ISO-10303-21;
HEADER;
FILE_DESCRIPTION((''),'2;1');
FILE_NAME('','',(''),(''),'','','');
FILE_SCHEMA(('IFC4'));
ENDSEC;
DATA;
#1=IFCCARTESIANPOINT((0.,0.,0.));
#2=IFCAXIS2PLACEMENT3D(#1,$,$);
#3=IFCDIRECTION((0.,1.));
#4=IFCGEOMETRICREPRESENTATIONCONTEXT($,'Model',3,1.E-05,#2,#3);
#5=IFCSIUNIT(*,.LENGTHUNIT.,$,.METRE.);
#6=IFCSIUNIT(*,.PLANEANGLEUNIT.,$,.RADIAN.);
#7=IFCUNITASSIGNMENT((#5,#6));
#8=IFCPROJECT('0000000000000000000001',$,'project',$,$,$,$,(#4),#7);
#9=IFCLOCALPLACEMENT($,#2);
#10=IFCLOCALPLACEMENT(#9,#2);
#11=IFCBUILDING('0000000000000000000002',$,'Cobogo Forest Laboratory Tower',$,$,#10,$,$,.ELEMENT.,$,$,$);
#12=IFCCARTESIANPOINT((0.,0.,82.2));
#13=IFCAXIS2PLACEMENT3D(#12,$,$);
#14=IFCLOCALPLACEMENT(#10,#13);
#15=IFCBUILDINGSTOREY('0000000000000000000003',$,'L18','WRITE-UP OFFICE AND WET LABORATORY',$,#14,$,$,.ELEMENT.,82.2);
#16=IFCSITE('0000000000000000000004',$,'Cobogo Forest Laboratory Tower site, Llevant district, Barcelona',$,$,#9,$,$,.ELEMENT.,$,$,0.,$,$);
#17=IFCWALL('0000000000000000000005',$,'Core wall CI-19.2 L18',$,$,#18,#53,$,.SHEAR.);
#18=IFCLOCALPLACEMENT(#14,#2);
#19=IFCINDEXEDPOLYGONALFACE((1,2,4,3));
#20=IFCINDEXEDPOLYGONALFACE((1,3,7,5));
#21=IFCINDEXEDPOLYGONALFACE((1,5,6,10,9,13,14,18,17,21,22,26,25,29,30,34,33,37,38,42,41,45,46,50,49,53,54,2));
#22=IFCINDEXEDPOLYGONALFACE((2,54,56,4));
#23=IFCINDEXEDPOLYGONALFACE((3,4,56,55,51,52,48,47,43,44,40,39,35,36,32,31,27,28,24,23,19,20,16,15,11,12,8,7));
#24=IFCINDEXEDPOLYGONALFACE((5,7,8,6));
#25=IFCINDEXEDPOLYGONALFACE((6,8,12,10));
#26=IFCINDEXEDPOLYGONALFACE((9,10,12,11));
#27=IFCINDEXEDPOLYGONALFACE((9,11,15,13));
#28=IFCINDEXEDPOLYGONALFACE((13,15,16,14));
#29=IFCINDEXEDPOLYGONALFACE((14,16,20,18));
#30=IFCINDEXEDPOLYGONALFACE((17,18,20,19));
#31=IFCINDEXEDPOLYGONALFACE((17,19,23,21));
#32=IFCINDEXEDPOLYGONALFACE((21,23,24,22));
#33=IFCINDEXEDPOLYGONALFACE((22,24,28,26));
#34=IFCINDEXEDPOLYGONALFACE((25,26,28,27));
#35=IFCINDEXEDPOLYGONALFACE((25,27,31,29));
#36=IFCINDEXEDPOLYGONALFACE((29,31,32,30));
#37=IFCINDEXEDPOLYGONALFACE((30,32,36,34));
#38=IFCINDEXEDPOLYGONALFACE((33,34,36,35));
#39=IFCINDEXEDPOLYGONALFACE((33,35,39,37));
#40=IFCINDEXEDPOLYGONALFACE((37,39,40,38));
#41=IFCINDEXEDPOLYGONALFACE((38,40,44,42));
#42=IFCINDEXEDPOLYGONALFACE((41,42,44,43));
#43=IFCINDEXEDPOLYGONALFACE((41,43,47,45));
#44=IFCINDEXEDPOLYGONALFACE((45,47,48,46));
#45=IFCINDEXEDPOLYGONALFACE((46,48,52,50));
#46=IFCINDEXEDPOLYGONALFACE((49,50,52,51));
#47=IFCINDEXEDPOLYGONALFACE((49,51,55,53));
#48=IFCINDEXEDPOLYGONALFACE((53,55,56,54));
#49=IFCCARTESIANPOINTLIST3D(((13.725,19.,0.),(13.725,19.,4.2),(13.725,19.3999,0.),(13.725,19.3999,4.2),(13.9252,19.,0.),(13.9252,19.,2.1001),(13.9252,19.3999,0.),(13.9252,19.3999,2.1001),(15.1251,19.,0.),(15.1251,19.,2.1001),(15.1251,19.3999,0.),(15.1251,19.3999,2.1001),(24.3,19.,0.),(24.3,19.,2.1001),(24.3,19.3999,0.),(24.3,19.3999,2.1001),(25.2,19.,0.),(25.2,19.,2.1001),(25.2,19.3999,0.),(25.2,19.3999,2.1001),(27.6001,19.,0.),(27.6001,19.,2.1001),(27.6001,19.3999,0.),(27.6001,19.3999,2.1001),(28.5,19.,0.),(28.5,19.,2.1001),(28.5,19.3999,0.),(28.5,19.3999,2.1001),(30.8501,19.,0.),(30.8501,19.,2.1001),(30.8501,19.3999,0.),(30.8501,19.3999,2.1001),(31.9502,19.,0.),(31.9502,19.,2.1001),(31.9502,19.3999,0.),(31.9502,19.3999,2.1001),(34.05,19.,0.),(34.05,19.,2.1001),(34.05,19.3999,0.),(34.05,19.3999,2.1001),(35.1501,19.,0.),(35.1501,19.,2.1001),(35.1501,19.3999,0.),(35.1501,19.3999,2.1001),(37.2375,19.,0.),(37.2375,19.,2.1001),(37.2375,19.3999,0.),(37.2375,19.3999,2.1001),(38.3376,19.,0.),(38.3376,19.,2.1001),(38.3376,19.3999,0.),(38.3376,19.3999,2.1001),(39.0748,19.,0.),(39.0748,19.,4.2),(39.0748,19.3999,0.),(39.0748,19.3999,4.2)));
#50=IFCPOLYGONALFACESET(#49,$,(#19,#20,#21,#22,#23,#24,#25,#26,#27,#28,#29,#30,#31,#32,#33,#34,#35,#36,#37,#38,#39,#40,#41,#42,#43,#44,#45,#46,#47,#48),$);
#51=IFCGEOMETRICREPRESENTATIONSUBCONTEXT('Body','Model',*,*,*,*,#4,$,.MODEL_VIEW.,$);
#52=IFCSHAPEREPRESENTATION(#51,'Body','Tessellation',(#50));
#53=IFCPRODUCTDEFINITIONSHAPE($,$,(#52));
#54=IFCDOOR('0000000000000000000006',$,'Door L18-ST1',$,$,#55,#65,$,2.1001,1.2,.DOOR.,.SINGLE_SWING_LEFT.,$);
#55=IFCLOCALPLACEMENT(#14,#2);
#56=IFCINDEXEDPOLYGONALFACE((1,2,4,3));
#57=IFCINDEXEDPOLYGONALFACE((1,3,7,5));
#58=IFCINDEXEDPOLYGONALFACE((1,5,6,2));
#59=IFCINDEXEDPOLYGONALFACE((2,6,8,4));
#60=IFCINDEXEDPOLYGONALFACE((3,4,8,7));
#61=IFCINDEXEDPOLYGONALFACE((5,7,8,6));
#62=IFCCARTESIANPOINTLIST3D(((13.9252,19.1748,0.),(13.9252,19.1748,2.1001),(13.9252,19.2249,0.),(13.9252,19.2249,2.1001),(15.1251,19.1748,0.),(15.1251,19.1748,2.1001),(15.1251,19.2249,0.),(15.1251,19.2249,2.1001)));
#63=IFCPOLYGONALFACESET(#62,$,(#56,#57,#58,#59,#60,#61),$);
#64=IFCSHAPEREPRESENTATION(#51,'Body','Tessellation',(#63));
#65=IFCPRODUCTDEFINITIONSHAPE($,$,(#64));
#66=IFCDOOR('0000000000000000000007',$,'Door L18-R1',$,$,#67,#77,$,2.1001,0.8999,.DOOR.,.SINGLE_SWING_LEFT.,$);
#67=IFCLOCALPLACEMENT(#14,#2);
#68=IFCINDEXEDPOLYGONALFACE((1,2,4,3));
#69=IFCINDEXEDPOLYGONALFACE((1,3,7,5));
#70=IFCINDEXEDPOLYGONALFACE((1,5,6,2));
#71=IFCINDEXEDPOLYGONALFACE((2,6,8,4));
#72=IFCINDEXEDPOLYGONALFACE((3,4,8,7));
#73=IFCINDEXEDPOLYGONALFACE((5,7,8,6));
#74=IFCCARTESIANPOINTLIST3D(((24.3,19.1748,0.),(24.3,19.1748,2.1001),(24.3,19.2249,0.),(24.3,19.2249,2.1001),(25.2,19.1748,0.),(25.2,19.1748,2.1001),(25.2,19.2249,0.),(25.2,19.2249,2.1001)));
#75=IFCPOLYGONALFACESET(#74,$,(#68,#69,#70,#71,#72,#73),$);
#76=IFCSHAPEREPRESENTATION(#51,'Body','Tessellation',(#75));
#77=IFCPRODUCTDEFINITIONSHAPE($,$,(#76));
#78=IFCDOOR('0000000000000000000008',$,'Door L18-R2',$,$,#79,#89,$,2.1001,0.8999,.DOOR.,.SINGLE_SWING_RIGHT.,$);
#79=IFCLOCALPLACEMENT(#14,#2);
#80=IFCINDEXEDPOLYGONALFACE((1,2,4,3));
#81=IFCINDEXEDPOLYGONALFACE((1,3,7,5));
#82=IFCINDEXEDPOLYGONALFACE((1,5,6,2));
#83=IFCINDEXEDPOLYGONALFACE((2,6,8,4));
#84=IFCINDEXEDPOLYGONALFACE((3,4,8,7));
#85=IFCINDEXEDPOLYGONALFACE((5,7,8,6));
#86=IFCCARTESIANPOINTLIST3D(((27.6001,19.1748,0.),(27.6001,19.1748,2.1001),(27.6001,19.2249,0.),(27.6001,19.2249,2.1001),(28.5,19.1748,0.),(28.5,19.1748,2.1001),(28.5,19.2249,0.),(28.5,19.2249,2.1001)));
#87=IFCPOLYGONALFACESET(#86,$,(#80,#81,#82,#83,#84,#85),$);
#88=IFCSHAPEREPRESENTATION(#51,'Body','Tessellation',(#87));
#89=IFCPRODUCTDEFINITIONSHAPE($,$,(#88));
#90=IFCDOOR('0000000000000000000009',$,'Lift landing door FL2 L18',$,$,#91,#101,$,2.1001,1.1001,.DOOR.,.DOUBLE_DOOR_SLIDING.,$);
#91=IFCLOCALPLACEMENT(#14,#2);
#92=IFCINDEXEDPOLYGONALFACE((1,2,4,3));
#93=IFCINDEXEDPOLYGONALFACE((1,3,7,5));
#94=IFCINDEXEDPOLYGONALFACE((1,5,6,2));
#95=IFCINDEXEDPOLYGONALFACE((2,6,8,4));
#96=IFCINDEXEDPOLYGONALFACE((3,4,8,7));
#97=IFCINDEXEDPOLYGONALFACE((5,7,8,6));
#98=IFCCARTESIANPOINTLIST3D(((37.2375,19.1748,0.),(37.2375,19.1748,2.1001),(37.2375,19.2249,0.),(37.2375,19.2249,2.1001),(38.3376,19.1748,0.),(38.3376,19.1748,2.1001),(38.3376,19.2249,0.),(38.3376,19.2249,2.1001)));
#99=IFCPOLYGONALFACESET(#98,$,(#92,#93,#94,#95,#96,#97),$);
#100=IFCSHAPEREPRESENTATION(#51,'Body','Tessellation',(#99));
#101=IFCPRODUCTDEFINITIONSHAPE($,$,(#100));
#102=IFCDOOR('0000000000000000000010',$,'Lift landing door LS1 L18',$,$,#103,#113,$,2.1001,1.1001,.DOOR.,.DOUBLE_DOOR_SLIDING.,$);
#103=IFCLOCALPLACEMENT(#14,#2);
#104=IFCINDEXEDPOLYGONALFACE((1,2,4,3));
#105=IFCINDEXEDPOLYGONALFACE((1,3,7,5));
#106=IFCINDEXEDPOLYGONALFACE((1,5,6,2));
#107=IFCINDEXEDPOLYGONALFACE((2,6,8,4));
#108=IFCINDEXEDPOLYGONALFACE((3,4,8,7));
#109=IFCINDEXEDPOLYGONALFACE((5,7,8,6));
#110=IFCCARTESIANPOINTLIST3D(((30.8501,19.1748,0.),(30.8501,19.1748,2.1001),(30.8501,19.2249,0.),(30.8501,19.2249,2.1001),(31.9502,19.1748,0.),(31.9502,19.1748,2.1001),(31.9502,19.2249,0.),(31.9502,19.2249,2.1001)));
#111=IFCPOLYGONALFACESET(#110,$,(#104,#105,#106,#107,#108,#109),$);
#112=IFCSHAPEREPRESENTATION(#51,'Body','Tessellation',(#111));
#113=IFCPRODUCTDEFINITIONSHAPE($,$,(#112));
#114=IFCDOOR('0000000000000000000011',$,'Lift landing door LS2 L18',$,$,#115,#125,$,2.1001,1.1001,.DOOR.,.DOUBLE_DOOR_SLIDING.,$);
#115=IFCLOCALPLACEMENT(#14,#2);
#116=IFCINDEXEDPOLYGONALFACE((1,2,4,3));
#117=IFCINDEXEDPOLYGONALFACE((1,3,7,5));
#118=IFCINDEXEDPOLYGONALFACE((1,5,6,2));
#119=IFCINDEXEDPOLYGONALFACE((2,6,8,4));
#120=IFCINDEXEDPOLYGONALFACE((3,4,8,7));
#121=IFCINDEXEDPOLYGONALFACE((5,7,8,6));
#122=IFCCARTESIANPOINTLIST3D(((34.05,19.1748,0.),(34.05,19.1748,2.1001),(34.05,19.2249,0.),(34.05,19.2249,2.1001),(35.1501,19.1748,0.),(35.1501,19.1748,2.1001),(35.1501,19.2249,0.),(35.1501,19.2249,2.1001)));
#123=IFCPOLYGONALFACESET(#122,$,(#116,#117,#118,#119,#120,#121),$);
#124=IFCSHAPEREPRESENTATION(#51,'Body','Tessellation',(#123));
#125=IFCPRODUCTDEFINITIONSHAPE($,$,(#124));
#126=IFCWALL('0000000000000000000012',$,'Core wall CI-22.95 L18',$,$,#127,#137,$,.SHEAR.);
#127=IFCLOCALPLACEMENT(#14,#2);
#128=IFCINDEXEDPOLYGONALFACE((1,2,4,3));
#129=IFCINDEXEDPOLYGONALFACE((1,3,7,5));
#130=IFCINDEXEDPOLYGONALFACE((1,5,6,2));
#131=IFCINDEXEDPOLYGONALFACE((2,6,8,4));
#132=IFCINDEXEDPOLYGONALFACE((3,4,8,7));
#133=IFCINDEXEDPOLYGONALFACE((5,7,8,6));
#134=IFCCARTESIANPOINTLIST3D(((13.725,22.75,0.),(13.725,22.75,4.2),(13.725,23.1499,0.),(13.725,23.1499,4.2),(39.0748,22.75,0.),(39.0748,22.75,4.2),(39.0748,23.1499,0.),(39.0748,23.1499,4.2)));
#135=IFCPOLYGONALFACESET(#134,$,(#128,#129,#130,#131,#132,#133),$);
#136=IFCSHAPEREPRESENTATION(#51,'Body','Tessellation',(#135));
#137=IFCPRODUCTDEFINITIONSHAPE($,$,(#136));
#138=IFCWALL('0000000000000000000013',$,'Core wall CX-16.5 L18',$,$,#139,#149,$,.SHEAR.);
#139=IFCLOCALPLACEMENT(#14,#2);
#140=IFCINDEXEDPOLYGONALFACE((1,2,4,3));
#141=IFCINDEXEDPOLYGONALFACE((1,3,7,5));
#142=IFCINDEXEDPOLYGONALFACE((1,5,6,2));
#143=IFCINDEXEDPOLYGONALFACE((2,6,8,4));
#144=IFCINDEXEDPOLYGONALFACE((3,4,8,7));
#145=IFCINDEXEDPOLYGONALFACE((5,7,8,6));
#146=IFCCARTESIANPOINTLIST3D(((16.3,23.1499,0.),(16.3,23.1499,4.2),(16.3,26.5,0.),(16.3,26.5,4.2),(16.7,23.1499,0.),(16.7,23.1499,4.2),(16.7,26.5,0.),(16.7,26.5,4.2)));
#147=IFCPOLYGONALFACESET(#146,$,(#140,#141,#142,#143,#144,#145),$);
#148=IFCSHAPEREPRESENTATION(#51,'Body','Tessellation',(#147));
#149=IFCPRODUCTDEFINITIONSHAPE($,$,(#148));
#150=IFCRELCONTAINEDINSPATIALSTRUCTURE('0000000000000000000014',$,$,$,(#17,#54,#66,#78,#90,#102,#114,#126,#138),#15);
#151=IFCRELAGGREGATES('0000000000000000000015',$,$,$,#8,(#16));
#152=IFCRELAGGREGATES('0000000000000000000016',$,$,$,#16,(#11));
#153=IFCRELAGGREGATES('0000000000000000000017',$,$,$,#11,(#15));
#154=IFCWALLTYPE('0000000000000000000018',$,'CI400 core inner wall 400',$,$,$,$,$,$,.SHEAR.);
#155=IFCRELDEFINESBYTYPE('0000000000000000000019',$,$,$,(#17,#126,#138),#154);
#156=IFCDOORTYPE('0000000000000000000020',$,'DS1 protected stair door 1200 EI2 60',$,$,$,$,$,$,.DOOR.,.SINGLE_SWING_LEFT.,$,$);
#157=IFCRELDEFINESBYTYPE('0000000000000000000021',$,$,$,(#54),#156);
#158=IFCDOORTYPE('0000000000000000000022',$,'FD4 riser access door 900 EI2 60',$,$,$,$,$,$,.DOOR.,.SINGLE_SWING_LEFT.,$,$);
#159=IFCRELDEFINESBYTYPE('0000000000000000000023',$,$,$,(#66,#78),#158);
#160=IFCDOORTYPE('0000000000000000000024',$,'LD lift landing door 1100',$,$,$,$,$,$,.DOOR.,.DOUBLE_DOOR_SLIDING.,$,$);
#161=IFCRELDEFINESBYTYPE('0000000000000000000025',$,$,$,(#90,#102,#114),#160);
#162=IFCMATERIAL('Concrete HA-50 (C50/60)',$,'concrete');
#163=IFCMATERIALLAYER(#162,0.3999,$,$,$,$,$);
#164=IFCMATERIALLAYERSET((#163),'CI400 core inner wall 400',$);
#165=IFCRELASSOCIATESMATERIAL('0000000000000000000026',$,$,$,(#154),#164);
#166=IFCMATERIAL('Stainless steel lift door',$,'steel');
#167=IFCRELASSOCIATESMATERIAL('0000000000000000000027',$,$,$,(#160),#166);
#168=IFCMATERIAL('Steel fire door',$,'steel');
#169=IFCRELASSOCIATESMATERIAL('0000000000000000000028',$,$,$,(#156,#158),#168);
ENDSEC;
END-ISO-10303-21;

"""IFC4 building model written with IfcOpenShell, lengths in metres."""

from ifc_helpers import new_model, si_unit, direction, frame, frame_2d, origin, place, context, subcontext, project, spatial, rectangle, extrude, material, layer, layer_set, type_object, element, fill, save


model = new_model("IFC4")

# Units and contexts
model_context = context("Model", 3, precision=1e-05, world=origin(), true_north=direction((0.0, 1.0)))
body_context = subcontext(model_context, "Body", "Model", "MODEL_VIEW")
ifc_project = project(units=[si_unit("LENGTHUNIT", "METRE"), si_unit("PLANEANGLEUNIT", "RADIAN")], contexts=[model_context])

# Site, building, storey
site_placement = place(None, origin())
site = spatial("IfcSite", under=ifc_project, at=site_placement, Name="Cobogo Forest Laboratory Tower site, Llevant district, Barcelona", CompositionType="ELEMENT", RefElevation=0.0)
building_placement = place(site_placement, origin())
building = spatial("IfcBuilding", under=site, at=building_placement, Name="Cobogo Forest Laboratory Tower", CompositionType="ELEMENT")
storey_placement = place(building_placement, frame((0.0, 0.0, 82.2)))
storey = spatial("IfcBuildingStorey", under=building, at=storey_placement, Name="L18", Description="WRITE-UP OFFICE AND WET LABORATORY", CompositionType="ELEMENT", Elevation=82.2)

# Wall, openings, doors
ifc_material_1 = material(Name="Concrete HA-50 (C50/60)", Category="concrete")
ifc_layer = layer(ifc_material_1, 0.3999)
ifc_layer_set = layer_set([ifc_layer], Name="CI400 core inner wall 400")
wall_type = type_object("IfcWallType", Name="CI400 core inner wall 400", PredefinedType="SHEAR", material=ifc_layer_set)
ifc_material_2 = material(Name="Steel fire door", Category="steel")
ifc_material_3 = material(Name="Stainless steel lift door", Category="steel")
door_type_1 = type_object("IfcDoorType", Name="LD lift landing door 1100", OperationType="DOUBLE_DOOR_SLIDING", PredefinedType="DOOR", material=ifc_material_3)
wall_1_placement = place(storey_placement, frame((13.7251, 19.2, 0.0), z_axis=(0.0, 0.0, 1.0), x_axis=(1.0, 0.0, 0.0)))
wall_1 = element("IfcWall", 1, at=wall_1_placement, inside=storey, type_object=wall_type, Name="Core wall CI-19.2 L18", PredefinedType="SHEAR", context=body_context, shape_type="SweptSolid", body=[
    extrude(rectangle(XDim=25.3499, YDim=0.3999, at=frame_2d((12.6748, 0.0))), origin(), (0.0, 0.0, 1.0), 4.2),
])
opening_1_placement = place(wall_1_placement, frame((10.575, 0.0, 0.0)))
opening_1 = element("IfcOpeningElement", 2, at=opening_1_placement, cuts=wall_1, PredefinedType="OPENING", context=body_context, shape_type="SweptSolid", body=[
    extrude(rectangle(XDim=0.8999, YDim=2.1001, at=frame_2d((0.45, 1.05))), frame((0.0, 0.21, 0.0), z_axis=(0.0, -1.0, 0.0), x_axis=(1.0, 0.0, 0.0)), (0.0, 0.0, 1.0), 0.4199),
])
opening_2_placement = place(wall_1_placement, frame((13.875, 0.0, 0.0)))
opening_2 = element("IfcOpeningElement", 3, at=opening_2_placement, cuts=wall_1, PredefinedType="OPENING", context=body_context, shape_type="SweptSolid", body=[
    extrude(rectangle(XDim=0.8999, YDim=2.1001, at=frame_2d((0.45, 1.05))), frame((0.0, 0.21, 0.0), z_axis=(0.0, -1.0, 0.0), x_axis=(1.0, 0.0, 0.0)), (0.0, 0.0, 1.0), 0.4199),
])
opening_3_placement = place(wall_1_placement, frame((0.2, 0.0, 0.0)))
opening_3 = element("IfcOpeningElement", 4, at=opening_3_placement, cuts=wall_1, PredefinedType="OPENING", context=body_context, shape_type="SweptSolid", body=[
    extrude(rectangle(XDim=1.2, YDim=2.1001, at=frame_2d((0.6001, 1.05))), frame((0.0, 0.21, 0.0), z_axis=(0.0, -1.0, 0.0), x_axis=(1.0, 0.0, 0.0)), (0.0, 0.0, 1.0), 0.4199),
])
opening_4_placement = place(wall_1_placement, frame((23.5125, 0.0, 0.0)))
opening_4 = element("IfcOpeningElement", 5, at=opening_4_placement, cuts=wall_1, PredefinedType="OPENING", context=body_context, shape_type="SweptSolid", body=[
    extrude(rectangle(XDim=1.1001, YDim=2.1001, at=frame_2d((0.55, 1.05))), frame((0.0, 0.21, 0.0), z_axis=(0.0, -1.0, 0.0), x_axis=(1.0, 0.0, 0.0)), (0.0, 0.0, 1.0), 0.4199),
])
opening_5_placement = place(wall_1_placement, frame((17.125, 0.0, 0.0)))
opening_5 = element("IfcOpeningElement", 6, at=opening_5_placement, cuts=wall_1, PredefinedType="OPENING", context=body_context, shape_type="SweptSolid", body=[
    extrude(rectangle(XDim=1.1001, YDim=2.1001, at=frame_2d((0.55, 1.05))), frame((0.0, 0.21, 0.0), z_axis=(0.0, -1.0, 0.0), x_axis=(1.0, 0.0, 0.0)), (0.0, 0.0, 1.0), 0.4199),
])
opening_6_placement = place(wall_1_placement, frame((20.325, 0.0, 0.0)))
opening_6 = element("IfcOpeningElement", 7, at=opening_6_placement, cuts=wall_1, PredefinedType="OPENING", context=body_context, shape_type="SweptSolid", body=[
    extrude(rectangle(XDim=1.1001, YDim=2.1001, at=frame_2d((0.55, 1.05))), frame((0.0, 0.21, 0.0), z_axis=(0.0, -1.0, 0.0), x_axis=(1.0, 0.0, 0.0)), (0.0, 0.0, 1.0), 0.4199),
])
door_type_2 = type_object("IfcDoorType", Name="DS1 protected stair door 1200 EI2 60", OperationType="SINGLE_SWING_LEFT", PredefinedType="DOOR", material=ifc_material_2)
door_1_placement = place(opening_3_placement, origin())
door_1 = element("IfcDoor", 8, at=door_1_placement, inside=storey, type_object=door_type_2, Name="Door L18-ST1", OperationType="SINGLE_SWING_LEFT", OverallHeight=2.1001, OverallWidth=1.2, PredefinedType="DOOR", context=body_context, shape_type="SweptSolid", body=[
    extrude(rectangle(XDim=1.2, YDim=2.1001, at=frame_2d((0.6001, 1.05))), frame((0.0, 0.0249, 0.0), z_axis=(0.0, -1.0, 0.0), x_axis=(1.0, 0.0, 0.0)), (0.0, 0.0, 1.0), 0.05),
])
fill(opening_3, door_1)
door_type_3 = type_object("IfcDoorType", Name="FD4 riser access door 900 EI2 60", OperationType="SINGLE_SWING_LEFT", PredefinedType="DOOR", material=ifc_material_2)
door_2_placement = place(opening_1_placement, origin())
door_2 = element("IfcDoor", 9, at=door_2_placement, inside=storey, type_object=door_type_3, Name="Door L18-R1", OperationType="SINGLE_SWING_LEFT", OverallHeight=2.1001, OverallWidth=0.8999, PredefinedType="DOOR", context=body_context, shape_type="SweptSolid", body=[
    extrude(rectangle(XDim=0.8999, YDim=2.1001, at=frame_2d((0.45, 1.05))), frame((0.0, 0.0249, 0.0), z_axis=(0.0, -1.0, 0.0), x_axis=(1.0, 0.0, 0.0)), (0.0, 0.0, 1.0), 0.05),
])
fill(opening_1, door_2)
door_3_placement = place(opening_2_placement, origin())
door_3 = element("IfcDoor", 10, at=door_3_placement, inside=storey, type_object=door_type_3, Name="Door L18-R2", OperationType="SINGLE_SWING_RIGHT", OverallHeight=2.1001, OverallWidth=0.8999, PredefinedType="DOOR", context=body_context, shape_type="SweptSolid", body=[
    extrude(rectangle(XDim=0.8999, YDim=2.1001, at=frame_2d((0.45, 1.05))), frame((0.0, 0.0249, 0.0), z_axis=(0.0, -1.0, 0.0), x_axis=(1.0, 0.0, 0.0)), (0.0, 0.0, 1.0), 0.05),
])
fill(opening_2, door_3)
door_4_placement = place(opening_4_placement, origin())
door_4 = element("IfcDoor", 11, at=door_4_placement, inside=storey, type_object=door_type_1, Name="Lift landing door FL2 L18", OperationType="DOUBLE_DOOR_SLIDING", OverallHeight=2.1001, OverallWidth=1.1001, PredefinedType="DOOR", context=body_context, shape_type="SweptSolid", body=[
    extrude(rectangle(XDim=1.1001, YDim=2.1001, at=frame_2d((0.55, 1.05))), frame((0.0, 0.0249, 0.0), z_axis=(0.0, -1.0, 0.0), x_axis=(1.0, 0.0, 0.0)), (0.0, 0.0, 1.0), 0.05),
])
fill(opening_4, door_4)
door_5_placement = place(opening_5_placement, origin())
door_5 = element("IfcDoor", 12, at=door_5_placement, inside=storey, type_object=door_type_1, Name="Lift landing door LS1 L18", OperationType="DOUBLE_DOOR_SLIDING", OverallHeight=2.1001, OverallWidth=1.1001, PredefinedType="DOOR", context=body_context, shape_type="SweptSolid", body=[
    extrude(rectangle(XDim=1.1001, YDim=2.1001, at=frame_2d((0.55, 1.05))), frame((0.0, 0.0249, 0.0), z_axis=(0.0, -1.0, 0.0), x_axis=(1.0, 0.0, 0.0)), (0.0, 0.0, 1.0), 0.05),
])
fill(opening_5, door_5)
door_6_placement = place(opening_6_placement, origin())
door_6 = element("IfcDoor", 13, at=door_6_placement, inside=storey, type_object=door_type_1, Name="Lift landing door LS2 L18", OperationType="DOUBLE_DOOR_SLIDING", OverallHeight=2.1001, OverallWidth=1.1001, PredefinedType="DOOR", context=body_context, shape_type="SweptSolid", body=[
    extrude(rectangle(XDim=1.1001, YDim=2.1001, at=frame_2d((0.55, 1.05))), frame((0.0, 0.0249, 0.0), z_axis=(0.0, -1.0, 0.0), x_axis=(1.0, 0.0, 0.0)), (0.0, 0.0, 1.0), 0.05),
])
fill(opening_6, door_6)

# Walls
wall_2_placement = place(storey_placement, frame((13.7251, 22.95, 0.0), z_axis=(0.0, 0.0, 1.0), x_axis=(1.0, 0.0, 0.0)))
element("IfcWall", 14, at=wall_2_placement, inside=storey, type_object=wall_type, Name="Core wall CI-22.95 L18", PredefinedType="SHEAR", context=body_context, shape_type="SweptSolid", body=[
    extrude(rectangle(XDim=25.3499, YDim=0.3999, at=frame_2d((12.6748, 0.0))), origin(), (0.0, 0.0, 1.0), 4.2),
])
wall_3_placement = place(storey_placement, frame((16.5, 23.1499, 0.0), z_axis=(0.0, 0.0, 1.0), x_axis=(0.0, 1.0, 0.0)))
element("IfcWall", 15, at=wall_3_placement, inside=storey, type_object=wall_type, Name="Core wall CX-16.5 L18", PredefinedType="SHEAR", context=body_context, shape_type="SweptSolid", body=[
    extrude(rectangle(XDim=3.3501, YDim=0.3999, at=frame_2d((1.675, 0.0))), origin(), (0.0, 0.0, 1.0), 4.2),
])

save(model, "model.ifc")
